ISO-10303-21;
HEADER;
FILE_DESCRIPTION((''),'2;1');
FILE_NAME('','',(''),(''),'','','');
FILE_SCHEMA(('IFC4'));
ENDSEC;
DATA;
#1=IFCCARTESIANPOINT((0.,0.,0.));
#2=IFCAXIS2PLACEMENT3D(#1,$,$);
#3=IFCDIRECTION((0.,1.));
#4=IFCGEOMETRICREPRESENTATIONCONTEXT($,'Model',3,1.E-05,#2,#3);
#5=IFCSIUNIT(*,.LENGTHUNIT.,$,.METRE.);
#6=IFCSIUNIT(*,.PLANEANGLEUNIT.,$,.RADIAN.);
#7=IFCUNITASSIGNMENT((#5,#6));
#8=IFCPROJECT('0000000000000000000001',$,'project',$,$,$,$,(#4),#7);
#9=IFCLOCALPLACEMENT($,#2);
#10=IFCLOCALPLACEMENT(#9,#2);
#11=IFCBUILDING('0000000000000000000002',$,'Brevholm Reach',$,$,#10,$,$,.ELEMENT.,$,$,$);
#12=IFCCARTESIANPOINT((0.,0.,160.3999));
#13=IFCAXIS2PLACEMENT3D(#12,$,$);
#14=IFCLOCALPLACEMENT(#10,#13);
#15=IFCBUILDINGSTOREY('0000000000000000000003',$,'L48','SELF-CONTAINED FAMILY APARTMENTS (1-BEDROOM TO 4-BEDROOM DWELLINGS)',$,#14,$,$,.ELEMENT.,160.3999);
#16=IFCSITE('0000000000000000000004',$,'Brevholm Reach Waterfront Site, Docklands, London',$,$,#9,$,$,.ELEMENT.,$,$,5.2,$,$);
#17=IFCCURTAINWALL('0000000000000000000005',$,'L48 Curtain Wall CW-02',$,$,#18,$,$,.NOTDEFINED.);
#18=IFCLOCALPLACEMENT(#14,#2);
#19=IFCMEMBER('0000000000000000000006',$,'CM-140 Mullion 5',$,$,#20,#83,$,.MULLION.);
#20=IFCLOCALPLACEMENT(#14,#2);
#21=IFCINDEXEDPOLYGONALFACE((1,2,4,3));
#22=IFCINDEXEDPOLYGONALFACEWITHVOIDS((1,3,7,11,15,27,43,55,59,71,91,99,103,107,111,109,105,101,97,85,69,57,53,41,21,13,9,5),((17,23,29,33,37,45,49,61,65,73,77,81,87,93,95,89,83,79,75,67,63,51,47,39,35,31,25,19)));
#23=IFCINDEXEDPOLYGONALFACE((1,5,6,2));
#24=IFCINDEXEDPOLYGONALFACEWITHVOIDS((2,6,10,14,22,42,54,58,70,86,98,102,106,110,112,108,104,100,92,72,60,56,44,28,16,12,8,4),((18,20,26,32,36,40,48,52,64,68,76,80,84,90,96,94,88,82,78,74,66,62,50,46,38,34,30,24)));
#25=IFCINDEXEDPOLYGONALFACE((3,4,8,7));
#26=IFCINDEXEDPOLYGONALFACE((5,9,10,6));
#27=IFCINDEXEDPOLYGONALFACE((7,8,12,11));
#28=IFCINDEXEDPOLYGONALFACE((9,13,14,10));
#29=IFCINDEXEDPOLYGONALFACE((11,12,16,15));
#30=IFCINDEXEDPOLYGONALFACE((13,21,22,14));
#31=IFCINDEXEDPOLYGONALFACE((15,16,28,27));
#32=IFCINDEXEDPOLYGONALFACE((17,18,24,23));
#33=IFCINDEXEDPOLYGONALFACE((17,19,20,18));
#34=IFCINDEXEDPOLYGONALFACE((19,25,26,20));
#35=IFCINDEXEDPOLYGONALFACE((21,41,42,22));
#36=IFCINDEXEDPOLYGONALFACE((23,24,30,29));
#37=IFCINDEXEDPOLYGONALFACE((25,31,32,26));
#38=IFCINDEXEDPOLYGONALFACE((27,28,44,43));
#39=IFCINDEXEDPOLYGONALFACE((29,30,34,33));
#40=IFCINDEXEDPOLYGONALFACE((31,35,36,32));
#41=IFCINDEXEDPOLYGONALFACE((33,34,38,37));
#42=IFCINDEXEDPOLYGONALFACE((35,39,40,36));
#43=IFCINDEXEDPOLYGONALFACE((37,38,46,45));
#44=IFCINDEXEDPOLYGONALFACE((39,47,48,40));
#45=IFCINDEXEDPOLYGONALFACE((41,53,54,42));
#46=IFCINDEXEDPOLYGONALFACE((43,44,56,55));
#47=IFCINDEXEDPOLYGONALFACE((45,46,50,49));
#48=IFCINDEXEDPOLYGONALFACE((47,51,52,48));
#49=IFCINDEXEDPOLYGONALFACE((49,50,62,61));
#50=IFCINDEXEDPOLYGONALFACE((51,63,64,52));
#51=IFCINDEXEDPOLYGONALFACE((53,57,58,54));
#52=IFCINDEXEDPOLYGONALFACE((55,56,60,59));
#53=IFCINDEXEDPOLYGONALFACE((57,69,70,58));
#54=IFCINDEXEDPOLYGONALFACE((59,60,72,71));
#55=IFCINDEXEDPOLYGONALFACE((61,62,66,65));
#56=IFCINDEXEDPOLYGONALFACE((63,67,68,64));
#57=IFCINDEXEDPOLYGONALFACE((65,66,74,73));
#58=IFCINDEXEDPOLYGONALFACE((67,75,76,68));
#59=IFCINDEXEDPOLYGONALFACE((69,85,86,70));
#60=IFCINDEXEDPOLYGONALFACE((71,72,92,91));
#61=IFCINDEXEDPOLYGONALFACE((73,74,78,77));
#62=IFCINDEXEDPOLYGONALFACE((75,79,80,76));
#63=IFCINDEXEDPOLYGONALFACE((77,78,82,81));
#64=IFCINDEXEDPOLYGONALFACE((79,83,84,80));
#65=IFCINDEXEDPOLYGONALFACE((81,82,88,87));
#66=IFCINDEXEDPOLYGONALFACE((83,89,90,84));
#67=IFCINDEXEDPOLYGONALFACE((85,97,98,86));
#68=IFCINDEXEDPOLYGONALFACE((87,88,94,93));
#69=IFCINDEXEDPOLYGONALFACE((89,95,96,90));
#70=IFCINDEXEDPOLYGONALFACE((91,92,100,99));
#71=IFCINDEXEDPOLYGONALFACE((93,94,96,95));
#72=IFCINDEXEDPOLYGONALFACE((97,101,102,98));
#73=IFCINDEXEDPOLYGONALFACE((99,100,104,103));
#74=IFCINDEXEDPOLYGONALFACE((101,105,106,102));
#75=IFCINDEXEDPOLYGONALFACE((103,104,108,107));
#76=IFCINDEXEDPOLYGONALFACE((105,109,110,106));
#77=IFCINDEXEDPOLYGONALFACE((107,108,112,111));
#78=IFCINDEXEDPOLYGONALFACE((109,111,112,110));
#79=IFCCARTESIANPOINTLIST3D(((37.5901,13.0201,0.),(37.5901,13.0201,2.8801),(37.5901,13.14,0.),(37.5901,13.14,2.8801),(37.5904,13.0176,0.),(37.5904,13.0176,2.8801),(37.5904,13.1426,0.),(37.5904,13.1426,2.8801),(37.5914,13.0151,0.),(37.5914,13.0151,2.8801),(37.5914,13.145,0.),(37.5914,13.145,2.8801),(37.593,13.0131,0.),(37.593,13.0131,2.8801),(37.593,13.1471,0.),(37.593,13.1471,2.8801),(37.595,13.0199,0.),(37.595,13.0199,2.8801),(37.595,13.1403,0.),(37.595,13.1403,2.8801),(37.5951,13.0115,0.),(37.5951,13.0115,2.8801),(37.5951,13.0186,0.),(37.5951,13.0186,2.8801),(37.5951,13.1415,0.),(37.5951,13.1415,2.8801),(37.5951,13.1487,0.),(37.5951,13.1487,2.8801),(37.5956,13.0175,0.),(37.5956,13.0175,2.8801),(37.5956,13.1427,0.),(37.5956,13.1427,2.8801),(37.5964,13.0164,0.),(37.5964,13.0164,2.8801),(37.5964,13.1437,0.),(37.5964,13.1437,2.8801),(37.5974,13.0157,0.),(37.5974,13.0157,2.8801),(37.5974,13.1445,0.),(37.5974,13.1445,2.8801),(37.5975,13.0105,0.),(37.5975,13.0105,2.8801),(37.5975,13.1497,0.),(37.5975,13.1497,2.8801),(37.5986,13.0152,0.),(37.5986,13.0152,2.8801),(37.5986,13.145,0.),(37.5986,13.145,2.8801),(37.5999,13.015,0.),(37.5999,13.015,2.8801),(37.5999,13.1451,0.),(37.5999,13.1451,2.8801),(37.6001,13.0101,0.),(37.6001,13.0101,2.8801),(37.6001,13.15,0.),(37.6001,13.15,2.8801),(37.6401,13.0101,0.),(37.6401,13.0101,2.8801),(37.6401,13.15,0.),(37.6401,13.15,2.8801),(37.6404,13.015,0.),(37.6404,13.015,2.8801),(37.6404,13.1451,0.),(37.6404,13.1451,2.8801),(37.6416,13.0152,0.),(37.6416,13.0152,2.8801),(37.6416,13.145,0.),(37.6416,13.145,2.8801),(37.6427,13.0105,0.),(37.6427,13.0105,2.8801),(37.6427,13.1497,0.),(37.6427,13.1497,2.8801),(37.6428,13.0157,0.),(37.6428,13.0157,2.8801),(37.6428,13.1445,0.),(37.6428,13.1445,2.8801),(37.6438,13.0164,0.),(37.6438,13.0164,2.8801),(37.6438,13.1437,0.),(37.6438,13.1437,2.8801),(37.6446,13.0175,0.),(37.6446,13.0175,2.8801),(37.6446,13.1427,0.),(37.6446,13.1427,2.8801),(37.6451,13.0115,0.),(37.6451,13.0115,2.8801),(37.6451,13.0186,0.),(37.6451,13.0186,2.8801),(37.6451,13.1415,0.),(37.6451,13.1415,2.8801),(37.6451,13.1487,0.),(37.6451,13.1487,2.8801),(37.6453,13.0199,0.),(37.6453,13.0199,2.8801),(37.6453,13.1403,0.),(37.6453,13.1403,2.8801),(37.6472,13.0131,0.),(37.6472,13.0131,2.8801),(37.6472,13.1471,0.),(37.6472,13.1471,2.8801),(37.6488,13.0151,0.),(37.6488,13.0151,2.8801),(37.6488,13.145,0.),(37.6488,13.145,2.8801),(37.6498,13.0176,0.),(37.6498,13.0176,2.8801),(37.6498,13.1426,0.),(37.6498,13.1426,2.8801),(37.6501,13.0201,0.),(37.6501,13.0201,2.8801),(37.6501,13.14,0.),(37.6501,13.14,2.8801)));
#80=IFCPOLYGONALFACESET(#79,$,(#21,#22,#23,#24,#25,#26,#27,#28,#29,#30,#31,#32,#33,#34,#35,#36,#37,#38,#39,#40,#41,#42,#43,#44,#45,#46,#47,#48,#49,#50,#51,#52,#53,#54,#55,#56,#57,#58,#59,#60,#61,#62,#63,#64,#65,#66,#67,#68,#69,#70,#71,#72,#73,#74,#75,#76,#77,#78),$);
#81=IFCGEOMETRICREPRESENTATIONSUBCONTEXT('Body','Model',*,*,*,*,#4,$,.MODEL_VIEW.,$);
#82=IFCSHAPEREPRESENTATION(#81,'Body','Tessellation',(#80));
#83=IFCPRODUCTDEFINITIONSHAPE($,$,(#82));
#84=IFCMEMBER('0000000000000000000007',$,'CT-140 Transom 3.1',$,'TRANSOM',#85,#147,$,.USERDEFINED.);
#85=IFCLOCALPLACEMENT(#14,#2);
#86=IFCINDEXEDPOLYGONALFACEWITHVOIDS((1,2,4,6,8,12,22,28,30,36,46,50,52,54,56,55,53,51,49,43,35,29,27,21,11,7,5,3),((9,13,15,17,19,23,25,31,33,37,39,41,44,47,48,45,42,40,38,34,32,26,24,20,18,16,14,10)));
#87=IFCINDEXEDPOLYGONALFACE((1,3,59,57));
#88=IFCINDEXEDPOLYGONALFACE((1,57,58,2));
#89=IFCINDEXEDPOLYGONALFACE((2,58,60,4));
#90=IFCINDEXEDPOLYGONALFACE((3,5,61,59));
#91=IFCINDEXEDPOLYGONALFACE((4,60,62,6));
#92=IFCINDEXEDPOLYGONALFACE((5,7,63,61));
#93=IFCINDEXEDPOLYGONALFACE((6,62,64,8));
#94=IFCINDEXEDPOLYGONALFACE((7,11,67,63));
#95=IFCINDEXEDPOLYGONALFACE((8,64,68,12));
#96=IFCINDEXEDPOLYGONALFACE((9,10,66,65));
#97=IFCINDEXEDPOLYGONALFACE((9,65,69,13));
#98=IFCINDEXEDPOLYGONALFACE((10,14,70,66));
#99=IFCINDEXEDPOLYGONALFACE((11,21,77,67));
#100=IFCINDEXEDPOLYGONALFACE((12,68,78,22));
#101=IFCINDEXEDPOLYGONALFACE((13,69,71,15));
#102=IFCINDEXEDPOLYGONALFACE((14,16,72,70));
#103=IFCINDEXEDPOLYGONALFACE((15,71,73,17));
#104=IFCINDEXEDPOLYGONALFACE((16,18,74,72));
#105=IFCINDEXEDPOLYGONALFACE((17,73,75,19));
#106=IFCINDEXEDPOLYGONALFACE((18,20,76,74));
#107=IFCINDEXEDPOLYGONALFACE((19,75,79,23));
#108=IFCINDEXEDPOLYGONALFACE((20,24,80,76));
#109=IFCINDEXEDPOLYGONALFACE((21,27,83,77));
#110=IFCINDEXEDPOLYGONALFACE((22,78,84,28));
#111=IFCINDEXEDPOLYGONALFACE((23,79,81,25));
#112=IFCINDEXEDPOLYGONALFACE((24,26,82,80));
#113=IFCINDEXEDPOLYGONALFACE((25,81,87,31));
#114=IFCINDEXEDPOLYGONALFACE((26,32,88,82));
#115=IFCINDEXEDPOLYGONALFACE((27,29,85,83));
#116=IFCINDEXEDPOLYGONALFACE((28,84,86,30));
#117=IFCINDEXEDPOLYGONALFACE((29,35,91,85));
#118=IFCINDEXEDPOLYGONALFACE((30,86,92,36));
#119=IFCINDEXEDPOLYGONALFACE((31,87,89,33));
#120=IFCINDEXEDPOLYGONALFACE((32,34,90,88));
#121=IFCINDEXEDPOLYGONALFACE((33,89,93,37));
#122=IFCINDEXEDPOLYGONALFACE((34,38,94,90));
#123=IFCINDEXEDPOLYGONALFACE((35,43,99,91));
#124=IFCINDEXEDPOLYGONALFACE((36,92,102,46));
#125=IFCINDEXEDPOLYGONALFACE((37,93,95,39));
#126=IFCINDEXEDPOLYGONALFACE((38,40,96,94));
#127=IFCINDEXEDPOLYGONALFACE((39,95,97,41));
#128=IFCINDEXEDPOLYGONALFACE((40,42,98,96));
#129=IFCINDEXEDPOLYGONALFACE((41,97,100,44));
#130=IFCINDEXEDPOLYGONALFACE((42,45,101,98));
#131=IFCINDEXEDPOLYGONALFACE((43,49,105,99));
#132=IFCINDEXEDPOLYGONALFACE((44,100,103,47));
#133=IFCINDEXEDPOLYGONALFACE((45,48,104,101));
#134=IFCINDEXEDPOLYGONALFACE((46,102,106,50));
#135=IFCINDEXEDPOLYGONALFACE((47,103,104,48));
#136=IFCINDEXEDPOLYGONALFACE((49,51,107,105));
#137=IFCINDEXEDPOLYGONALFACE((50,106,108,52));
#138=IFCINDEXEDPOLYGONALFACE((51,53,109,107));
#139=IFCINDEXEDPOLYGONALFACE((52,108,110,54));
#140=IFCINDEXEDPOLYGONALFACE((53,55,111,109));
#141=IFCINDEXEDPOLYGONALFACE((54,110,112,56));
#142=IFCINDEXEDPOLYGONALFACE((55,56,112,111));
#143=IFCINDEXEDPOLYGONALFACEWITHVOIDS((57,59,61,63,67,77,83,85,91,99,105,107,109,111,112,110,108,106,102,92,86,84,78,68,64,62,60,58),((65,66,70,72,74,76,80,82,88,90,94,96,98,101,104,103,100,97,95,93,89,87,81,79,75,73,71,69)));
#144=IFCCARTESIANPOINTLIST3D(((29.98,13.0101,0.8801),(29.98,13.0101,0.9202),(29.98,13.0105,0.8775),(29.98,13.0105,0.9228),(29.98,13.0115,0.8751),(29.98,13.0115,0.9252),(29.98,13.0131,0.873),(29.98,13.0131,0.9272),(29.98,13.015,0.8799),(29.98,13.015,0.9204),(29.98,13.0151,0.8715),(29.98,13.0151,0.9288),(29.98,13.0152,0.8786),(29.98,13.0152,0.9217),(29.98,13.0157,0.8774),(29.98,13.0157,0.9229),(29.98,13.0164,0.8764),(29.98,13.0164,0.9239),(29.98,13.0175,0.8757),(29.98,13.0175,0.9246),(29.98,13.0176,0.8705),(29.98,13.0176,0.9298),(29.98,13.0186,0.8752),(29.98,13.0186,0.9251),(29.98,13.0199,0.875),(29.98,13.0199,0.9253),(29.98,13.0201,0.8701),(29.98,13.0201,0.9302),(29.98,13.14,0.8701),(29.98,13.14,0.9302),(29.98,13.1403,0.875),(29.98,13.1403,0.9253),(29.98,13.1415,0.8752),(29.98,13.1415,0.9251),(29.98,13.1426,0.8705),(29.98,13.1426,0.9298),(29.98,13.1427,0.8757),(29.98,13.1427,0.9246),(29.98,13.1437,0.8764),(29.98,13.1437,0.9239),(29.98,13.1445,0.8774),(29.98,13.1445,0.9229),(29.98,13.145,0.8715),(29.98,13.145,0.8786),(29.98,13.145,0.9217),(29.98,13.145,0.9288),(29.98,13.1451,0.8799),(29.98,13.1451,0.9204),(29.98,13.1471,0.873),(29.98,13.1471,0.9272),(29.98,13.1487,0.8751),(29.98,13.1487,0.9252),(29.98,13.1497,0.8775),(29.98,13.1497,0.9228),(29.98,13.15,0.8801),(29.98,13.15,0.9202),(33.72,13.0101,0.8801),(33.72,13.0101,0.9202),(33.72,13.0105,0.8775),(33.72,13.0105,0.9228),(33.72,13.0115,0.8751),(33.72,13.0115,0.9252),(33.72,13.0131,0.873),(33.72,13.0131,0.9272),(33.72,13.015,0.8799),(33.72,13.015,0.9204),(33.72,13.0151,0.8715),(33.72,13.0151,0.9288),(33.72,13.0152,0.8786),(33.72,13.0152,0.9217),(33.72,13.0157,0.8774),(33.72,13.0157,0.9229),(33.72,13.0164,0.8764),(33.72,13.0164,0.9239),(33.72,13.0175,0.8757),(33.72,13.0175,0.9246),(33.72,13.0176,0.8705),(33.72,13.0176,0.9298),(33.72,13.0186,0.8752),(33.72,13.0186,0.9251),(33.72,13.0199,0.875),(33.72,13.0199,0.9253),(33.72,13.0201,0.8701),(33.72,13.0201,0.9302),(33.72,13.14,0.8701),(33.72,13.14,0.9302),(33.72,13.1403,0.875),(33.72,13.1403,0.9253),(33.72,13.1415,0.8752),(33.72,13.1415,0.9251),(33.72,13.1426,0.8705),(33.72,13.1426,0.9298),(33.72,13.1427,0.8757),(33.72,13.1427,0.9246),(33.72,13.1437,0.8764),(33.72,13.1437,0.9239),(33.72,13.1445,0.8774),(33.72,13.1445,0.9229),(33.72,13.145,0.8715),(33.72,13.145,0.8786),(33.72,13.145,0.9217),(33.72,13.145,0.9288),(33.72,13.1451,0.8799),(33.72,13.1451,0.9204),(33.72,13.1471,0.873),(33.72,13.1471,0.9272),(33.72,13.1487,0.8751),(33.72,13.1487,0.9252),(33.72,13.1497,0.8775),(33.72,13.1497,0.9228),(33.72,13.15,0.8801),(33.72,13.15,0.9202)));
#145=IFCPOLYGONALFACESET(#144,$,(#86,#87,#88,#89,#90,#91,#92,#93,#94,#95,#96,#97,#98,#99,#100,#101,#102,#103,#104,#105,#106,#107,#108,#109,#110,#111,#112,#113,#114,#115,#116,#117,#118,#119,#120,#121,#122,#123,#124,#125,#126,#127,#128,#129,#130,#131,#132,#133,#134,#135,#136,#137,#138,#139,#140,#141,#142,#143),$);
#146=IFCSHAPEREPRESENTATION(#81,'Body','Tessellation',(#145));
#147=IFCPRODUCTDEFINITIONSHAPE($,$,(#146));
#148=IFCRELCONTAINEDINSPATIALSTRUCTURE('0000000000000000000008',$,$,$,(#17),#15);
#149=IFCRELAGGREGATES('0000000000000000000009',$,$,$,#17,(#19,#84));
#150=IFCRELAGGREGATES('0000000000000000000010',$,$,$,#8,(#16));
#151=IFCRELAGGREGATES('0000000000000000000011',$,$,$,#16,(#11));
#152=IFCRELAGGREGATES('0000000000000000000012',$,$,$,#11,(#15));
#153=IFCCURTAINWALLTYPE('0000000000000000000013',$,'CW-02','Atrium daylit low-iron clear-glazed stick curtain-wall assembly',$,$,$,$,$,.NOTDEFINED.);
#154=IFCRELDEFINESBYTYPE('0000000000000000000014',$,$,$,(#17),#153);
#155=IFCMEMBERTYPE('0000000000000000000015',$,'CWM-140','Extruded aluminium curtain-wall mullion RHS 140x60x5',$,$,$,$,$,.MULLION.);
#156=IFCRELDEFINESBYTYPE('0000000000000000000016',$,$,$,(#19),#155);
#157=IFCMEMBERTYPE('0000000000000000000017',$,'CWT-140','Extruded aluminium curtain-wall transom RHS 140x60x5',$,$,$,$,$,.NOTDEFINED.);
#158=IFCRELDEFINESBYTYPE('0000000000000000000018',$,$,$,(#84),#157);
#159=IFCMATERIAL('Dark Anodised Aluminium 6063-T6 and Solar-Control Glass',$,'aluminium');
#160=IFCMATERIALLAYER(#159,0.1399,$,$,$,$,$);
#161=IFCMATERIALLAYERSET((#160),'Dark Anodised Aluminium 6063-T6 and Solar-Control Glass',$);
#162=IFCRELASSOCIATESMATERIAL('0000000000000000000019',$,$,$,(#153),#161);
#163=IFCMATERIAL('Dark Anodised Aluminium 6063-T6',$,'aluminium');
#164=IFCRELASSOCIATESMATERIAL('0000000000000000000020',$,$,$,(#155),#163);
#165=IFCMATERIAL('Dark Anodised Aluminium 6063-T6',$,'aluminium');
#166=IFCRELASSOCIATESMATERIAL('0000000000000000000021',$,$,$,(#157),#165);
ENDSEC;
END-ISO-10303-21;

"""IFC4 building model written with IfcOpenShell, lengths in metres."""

from ifc_helpers import new_model, si_unit, direction, frame, origin, origin_2d, place, context, subcontext, project, spatial, hollow_rectangle, extrude, material, layer, layer_set, material_profile, profile_set, type_object, element, aggregate, save


model = new_model("IFC4")

# Units and contexts
model_context = context("Model", 3, precision=1e-05, world=origin(), true_north=direction((0.0, 1.0)))
body_context = subcontext(model_context, "Body", "Model", "MODEL_VIEW")
ifc_project = project(units=[si_unit("LENGTHUNIT", "METRE"), si_unit("PLANEANGLEUNIT", "RADIAN")], contexts=[model_context])

# Site, building, storey
site_placement = place(None, origin())
site = spatial("IfcSite", under=ifc_project, at=site_placement, Name="Brevholm Reach Waterfront Site, Docklands, London", CompositionType="ELEMENT", RefElevation=5.2)
building_placement = place(site_placement, origin())
building = spatial("IfcBuilding", under=site, at=building_placement, Name="Brevholm Reach", CompositionType="ELEMENT")
storey_placement = place(building_placement, frame((0.0, 0.0, 160.3999)))
storey = spatial("IfcBuildingStorey", under=building, at=storey_placement, Name="L48", Description="SELF-CONTAINED FAMILY APARTMENTS (1-BEDROOM TO 4-BEDROOM DWELLINGS)", CompositionType="ELEMENT", Elevation=160.3999)

# Curtain wall, members
ifc_material_1 = material(Name="Dark Anodised Aluminium 6063-T6 and Solar-Control Glass", Category="aluminium")
ifc_layer_1 = layer(ifc_material_1, 0.1399)
ifc_layer_set_1 = layer_set([ifc_layer_1], Name="Dark Anodised Aluminium 6063-T6 and Solar-Control Glass")
curtain_wall_type = type_object("IfcCurtainWallType", Name="CW-02", Description="Atrium daylit low-iron clear-glazed stick curtain-wall assembly", PredefinedType="NOTDEFINED", material=ifc_layer_set_1)
curtain_wall_placement = place(storey_placement, origin())
curtain_wall = element("IfcCurtainWall", 1, at=curtain_wall_placement, inside=storey, type_object=curtain_wall_type, Name="L48 Curtain Wall CW-02", PredefinedType="NOTDEFINED")
ifc_material_2 = material(Name="Dark Anodised Aluminium 6063-T6", Category="aluminium")
ifc_material_profile_1 = material_profile(ifc_material_2, hollow_rectangle(XDim=0.0601, YDim=0.1399, WallThickness=0.0049, InnerFilletRadius=0.0049, OuterFilletRadius=0.01, at=origin_2d()), Name="RHS 140x60x5")
ifc_profile_set_1 = profile_set([ifc_material_profile_1], Name="Dark Anodised Aluminium 6063-T6")
member_type_1 = type_object("IfcMemberType", Name="CWM-140", Description="Extruded aluminium curtain-wall mullion RHS 140x60x5", PredefinedType="MULLION", material=ifc_profile_set_1)
member_1_placement = place(storey_placement, frame((37.6201, 13.0801, 0.0), z_axis=(0.0, 0.0, 1.0), x_axis=(1.0, 0.0, 0.0)))
member_1 = element("IfcMember", 2, at=member_1_placement, type_object=member_type_1, Name="CM-140 Mullion 5", PredefinedType="MULLION", context=body_context, shape_type="SweptSolid", body=[
    extrude(hollow_rectangle(XDim=0.0601, YDim=0.1399, WallThickness=0.0049, InnerFilletRadius=0.0049, OuterFilletRadius=0.01, at=origin_2d()), origin(), (0.0, 0.0, 1.0), 2.8801),
])
ifc_material_3 = material(Name="Dark Anodised Aluminium 6063-T6", Category="aluminium")
ifc_material_profile_2 = material_profile(ifc_material_3, hollow_rectangle(XDim=0.0601, YDim=0.1399, WallThickness=0.0049, InnerFilletRadius=0.0049, OuterFilletRadius=0.01, at=origin_2d()), Name="RHS 140x60x5")
ifc_profile_set_2 = profile_set([ifc_material_profile_2], Name="Dark Anodised Aluminium 6063-T6")
member_type_2 = type_object("IfcMemberType", Name="CWT-140", Description="Extruded aluminium curtain-wall transom RHS 140x60x5", PredefinedType="NOTDEFINED", material=ifc_profile_set_2)
member_2_placement = place(storey_placement, frame((29.98, 13.0801, 0.9001), z_axis=(1.0, 0.0, 0.0), x_axis=(0.0, 0.0, 1.0)))
member_2 = element("IfcMember", 3, at=member_2_placement, type_object=member_type_2, Name="CT-140 Transom 3.1", ObjectType="TRANSOM", PredefinedType="USERDEFINED", context=body_context, shape_type="SweptSolid", body=[
    extrude(hollow_rectangle(XDim=0.0601, YDim=0.1399, WallThickness=0.0049, InnerFilletRadius=0.0049, OuterFilletRadius=0.01, at=origin_2d()), origin(), (0.0, 0.0, 1.0), 3.74),
])
aggregate(curtain_wall, [member_1, member_2])

save(model, "model.ifc")
